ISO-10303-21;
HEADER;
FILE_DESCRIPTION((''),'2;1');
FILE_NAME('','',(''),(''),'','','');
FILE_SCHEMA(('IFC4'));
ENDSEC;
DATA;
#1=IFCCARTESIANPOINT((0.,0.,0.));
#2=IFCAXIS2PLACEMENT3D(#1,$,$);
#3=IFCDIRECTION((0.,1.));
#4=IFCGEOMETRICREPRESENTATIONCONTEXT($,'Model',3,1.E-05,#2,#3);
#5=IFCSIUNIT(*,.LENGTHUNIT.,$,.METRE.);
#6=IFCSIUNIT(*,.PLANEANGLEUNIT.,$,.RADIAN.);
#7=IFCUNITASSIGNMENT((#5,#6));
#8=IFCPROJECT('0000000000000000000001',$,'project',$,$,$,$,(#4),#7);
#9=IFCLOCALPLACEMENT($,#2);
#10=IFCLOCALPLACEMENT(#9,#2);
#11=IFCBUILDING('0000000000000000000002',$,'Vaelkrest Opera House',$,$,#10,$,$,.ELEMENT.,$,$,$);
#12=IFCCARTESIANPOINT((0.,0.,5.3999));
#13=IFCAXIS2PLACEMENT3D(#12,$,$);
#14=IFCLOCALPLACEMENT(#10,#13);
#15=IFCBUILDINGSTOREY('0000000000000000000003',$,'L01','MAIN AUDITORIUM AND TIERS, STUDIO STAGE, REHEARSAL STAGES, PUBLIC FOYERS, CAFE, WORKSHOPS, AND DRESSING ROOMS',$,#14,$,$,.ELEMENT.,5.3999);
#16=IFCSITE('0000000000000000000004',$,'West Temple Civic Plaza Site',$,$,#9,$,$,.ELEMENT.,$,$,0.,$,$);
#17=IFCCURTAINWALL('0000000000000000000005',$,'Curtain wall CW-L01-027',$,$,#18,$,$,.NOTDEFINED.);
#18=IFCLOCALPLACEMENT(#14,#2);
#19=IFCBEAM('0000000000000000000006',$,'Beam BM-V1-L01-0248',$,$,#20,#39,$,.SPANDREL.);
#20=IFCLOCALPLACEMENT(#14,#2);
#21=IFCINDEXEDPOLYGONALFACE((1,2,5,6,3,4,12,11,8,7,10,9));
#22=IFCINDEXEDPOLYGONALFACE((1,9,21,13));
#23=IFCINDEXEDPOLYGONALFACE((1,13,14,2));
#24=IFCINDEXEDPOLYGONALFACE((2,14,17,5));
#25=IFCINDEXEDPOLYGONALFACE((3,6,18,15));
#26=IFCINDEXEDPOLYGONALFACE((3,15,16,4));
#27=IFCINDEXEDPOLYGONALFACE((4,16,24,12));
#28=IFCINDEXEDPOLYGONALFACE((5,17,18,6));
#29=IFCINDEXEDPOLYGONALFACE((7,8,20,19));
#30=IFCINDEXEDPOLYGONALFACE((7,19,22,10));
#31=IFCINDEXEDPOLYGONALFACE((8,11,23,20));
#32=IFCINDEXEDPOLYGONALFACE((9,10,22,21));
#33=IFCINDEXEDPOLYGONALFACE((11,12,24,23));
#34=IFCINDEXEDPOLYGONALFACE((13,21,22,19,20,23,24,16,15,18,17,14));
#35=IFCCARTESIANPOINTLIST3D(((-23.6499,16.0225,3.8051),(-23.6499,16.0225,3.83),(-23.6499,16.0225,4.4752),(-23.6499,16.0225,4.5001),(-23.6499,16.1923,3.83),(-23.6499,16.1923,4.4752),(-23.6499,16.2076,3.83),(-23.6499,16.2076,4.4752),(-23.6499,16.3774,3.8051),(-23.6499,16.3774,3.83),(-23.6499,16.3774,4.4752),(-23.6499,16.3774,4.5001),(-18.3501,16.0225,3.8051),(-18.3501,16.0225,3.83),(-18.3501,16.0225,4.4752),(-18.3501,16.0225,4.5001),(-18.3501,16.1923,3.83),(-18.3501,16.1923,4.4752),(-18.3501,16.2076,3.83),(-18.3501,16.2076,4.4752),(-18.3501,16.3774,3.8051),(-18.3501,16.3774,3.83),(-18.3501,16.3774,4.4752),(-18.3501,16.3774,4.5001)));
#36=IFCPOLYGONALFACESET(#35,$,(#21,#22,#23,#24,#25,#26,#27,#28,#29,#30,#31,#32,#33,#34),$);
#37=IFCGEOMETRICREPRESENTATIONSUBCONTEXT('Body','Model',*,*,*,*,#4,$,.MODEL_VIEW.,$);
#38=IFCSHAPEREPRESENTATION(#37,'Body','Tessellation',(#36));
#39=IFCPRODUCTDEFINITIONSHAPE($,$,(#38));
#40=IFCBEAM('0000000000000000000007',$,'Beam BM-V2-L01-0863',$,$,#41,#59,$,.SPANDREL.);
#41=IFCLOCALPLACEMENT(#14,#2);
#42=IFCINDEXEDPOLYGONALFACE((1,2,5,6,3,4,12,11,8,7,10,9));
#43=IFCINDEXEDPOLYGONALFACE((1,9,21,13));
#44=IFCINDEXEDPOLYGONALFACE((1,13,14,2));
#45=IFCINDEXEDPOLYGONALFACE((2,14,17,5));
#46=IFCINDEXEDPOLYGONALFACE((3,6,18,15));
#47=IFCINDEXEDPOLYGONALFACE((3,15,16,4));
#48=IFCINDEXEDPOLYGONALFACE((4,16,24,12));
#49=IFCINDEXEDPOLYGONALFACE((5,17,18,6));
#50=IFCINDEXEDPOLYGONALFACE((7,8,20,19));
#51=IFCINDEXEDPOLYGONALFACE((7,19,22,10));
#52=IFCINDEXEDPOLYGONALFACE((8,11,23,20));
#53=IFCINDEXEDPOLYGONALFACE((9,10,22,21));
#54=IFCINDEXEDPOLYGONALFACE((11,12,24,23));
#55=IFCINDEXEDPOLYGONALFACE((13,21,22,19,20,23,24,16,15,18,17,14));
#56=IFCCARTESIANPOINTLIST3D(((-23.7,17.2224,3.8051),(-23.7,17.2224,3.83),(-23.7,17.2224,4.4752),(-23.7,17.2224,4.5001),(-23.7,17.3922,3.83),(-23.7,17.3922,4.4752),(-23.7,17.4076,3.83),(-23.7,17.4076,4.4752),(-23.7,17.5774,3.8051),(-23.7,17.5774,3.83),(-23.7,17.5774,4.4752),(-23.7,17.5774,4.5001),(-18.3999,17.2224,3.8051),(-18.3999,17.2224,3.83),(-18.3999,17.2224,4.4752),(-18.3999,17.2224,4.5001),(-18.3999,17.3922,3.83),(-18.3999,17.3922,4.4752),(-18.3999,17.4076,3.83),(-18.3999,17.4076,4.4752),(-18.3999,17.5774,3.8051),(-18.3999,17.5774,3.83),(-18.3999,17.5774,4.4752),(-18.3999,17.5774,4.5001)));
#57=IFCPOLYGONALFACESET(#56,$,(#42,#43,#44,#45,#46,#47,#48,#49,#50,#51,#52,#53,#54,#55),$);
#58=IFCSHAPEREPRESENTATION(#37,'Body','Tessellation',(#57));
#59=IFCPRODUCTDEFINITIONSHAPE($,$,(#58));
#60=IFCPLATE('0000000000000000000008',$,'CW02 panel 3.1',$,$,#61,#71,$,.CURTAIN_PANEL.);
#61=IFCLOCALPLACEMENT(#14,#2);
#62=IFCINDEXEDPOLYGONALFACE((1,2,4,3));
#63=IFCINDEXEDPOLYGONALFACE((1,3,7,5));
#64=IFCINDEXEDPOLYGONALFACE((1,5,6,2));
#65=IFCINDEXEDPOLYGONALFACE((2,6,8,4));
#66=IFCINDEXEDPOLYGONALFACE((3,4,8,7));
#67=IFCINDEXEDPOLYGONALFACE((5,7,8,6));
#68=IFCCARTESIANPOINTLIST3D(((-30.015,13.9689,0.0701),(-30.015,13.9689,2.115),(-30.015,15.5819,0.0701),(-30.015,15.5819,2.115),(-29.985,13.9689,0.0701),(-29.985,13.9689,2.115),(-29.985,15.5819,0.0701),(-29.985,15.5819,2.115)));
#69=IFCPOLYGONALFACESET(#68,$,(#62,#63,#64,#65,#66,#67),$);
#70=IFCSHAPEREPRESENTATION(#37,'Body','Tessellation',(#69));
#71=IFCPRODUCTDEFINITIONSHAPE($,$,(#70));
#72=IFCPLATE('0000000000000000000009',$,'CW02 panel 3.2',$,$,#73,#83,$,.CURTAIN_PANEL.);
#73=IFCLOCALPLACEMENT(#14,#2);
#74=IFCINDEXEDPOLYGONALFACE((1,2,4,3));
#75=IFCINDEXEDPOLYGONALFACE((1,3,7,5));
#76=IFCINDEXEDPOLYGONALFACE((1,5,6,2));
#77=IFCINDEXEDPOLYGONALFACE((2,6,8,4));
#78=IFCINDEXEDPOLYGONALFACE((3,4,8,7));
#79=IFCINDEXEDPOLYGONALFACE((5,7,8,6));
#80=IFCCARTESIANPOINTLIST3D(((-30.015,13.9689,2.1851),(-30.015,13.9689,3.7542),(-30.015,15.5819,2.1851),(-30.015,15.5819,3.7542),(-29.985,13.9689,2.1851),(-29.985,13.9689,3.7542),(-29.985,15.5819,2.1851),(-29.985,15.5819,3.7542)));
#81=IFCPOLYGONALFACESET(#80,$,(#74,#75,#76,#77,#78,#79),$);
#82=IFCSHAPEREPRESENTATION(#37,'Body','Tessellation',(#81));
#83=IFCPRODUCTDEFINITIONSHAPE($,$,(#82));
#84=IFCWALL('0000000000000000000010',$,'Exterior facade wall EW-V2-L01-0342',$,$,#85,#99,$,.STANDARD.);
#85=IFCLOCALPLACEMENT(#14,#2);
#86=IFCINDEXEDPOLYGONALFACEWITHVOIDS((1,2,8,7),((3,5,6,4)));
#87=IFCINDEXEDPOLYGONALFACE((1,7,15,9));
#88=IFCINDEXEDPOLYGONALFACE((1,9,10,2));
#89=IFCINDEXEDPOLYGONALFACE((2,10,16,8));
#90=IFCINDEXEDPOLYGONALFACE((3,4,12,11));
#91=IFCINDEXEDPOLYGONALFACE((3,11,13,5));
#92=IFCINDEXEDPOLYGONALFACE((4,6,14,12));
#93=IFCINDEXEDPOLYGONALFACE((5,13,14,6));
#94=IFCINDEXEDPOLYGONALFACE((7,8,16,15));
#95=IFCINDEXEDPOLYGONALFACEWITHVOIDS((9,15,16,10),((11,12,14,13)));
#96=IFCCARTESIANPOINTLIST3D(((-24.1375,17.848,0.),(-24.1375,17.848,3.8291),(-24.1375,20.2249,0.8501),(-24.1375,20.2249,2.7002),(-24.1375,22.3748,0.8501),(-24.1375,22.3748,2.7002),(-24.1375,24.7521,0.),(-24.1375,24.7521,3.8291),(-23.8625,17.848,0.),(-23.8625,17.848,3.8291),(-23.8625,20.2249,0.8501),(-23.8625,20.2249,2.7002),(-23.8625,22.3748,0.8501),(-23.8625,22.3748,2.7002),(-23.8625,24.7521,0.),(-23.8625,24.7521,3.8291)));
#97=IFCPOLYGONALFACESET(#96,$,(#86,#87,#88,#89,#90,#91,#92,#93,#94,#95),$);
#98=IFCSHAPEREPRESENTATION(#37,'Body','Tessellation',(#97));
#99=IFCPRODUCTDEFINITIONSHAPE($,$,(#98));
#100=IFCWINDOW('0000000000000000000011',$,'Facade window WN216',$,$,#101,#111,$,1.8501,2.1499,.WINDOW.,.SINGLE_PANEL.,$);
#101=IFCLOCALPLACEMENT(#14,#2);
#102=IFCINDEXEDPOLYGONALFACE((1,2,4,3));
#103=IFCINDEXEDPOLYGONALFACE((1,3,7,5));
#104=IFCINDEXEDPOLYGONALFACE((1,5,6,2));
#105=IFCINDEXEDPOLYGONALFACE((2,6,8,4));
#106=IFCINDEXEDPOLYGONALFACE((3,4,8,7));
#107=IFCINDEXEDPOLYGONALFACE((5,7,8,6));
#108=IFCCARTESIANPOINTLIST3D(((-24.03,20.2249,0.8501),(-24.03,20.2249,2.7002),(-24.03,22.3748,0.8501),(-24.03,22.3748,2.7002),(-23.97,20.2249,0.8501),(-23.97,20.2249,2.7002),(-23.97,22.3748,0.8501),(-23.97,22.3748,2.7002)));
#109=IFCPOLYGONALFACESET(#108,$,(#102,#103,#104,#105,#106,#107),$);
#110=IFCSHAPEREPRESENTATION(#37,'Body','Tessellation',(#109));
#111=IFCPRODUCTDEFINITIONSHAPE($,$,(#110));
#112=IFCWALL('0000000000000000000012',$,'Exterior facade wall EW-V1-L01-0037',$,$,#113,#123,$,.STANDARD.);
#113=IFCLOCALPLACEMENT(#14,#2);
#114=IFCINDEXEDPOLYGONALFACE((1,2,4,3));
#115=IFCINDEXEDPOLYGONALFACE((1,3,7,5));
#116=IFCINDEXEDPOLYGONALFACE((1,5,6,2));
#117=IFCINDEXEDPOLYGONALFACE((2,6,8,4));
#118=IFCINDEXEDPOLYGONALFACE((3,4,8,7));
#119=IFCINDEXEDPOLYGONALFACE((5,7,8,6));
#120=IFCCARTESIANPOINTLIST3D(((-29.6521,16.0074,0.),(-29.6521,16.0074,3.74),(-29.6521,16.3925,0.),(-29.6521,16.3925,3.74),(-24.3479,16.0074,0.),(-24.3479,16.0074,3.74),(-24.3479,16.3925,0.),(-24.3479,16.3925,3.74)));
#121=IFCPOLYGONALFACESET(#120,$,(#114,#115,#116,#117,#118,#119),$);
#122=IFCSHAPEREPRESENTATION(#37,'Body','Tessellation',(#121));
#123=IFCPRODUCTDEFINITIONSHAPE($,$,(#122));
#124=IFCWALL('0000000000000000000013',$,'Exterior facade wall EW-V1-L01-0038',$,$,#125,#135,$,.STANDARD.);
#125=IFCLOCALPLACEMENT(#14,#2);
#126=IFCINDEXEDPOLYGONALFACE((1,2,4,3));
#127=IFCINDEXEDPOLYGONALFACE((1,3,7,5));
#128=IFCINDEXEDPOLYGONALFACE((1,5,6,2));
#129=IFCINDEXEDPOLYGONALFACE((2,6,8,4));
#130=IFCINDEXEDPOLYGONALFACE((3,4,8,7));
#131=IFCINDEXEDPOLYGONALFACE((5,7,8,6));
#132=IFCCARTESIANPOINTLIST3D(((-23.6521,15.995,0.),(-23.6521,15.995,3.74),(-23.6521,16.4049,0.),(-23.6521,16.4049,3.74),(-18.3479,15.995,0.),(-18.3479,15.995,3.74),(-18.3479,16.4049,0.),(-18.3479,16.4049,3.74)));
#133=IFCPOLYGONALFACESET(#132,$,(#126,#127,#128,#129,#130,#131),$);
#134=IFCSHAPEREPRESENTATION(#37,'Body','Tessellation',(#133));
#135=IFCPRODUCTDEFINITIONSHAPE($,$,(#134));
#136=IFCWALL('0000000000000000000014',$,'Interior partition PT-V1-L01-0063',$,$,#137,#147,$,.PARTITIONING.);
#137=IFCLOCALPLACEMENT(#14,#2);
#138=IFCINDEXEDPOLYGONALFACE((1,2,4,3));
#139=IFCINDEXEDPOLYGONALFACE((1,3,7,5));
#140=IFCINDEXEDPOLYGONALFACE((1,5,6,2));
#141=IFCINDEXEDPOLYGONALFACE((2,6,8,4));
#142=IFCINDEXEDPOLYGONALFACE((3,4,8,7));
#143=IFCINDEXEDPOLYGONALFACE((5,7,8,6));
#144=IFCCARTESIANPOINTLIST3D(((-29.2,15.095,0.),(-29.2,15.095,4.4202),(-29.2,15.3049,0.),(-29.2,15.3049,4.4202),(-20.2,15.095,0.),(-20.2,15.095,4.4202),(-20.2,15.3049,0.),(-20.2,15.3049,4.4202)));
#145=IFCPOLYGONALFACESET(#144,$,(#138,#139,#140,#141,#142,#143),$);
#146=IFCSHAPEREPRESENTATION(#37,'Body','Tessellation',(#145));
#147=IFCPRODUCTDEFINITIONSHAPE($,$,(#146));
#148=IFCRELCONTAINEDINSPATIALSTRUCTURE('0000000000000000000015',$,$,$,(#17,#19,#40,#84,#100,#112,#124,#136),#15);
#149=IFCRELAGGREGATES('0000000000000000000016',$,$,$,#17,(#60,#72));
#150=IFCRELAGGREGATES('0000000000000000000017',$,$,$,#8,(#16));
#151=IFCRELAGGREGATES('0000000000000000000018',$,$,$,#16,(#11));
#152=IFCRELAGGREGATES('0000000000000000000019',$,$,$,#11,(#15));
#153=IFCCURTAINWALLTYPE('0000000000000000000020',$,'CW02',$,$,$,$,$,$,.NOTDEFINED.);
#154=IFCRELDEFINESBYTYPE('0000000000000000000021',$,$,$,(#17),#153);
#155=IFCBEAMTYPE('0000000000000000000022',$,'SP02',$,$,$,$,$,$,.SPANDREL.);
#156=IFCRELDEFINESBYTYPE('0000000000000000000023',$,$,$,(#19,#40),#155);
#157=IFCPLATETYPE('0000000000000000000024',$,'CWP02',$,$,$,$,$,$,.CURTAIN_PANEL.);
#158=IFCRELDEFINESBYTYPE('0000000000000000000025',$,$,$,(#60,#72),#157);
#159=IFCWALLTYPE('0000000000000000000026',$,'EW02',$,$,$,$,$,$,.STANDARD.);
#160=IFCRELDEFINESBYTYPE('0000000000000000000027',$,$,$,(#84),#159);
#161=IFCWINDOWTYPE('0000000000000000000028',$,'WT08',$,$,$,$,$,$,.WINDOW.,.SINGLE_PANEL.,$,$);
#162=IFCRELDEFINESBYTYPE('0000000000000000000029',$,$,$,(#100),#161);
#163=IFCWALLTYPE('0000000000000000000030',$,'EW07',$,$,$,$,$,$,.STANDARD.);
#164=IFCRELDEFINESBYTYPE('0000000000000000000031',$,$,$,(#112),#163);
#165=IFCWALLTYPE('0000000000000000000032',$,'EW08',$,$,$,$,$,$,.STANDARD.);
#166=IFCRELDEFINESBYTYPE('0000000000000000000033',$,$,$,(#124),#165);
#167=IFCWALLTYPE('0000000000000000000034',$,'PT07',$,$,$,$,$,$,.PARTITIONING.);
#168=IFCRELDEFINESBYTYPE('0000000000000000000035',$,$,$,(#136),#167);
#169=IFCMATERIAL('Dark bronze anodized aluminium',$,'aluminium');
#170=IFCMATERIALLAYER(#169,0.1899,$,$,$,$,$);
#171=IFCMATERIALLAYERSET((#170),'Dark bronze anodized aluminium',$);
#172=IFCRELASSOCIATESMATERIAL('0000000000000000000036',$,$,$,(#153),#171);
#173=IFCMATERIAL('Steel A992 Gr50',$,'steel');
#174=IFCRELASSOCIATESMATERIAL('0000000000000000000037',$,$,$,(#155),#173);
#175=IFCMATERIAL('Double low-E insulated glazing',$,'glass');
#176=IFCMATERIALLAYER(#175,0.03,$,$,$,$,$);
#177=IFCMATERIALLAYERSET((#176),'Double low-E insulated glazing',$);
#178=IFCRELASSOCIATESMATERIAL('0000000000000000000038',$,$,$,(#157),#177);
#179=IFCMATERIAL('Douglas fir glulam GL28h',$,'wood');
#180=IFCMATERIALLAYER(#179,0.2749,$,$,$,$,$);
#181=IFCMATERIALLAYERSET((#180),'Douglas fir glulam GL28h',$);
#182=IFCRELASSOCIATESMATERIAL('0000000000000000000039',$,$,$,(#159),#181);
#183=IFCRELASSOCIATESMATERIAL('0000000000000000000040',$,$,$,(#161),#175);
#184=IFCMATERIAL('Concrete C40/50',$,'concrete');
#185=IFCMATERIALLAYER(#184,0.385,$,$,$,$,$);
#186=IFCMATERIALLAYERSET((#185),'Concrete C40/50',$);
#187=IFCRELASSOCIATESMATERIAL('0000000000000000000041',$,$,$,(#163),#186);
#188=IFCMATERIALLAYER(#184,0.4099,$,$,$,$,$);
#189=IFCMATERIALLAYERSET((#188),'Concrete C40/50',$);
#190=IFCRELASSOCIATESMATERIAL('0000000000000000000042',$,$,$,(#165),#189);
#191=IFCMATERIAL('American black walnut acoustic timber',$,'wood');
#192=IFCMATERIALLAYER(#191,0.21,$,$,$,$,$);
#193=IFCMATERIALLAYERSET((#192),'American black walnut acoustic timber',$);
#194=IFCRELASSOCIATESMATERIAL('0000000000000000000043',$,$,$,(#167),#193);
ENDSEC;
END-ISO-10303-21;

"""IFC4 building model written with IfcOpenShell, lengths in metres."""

from ifc_helpers import new_model, si_unit, direction, frame, frame_2d, origin, origin_2d, place, context, subcontext, project, spatial, rectangle, i_section, extrude, material, layer, layer_set, material_profile, profile_set, type_object, element, fill, aggregate, save


model = new_model("IFC4")

# Units and contexts
model_context = context("Model", 3, precision=1e-05, world=origin(), true_north=direction((0.0, 1.0)))
body_context = subcontext(model_context, "Body", "Model", "MODEL_VIEW")
ifc_project = project(units=[si_unit("LENGTHUNIT", "METRE"), si_unit("PLANEANGLEUNIT", "RADIAN")], contexts=[model_context])

# Site, building, storey
site_placement = place(None, origin())
site = spatial("IfcSite", under=ifc_project, at=site_placement, Name="West Temple Civic Plaza Site", CompositionType="ELEMENT", RefElevation=0.0)
building_placement = place(site_placement, origin())
building = spatial("IfcBuilding", under=site, at=building_placement, Name="Vaelkrest Opera House", CompositionType="ELEMENT")
storey_placement = place(building_placement, frame((0.0, 0.0, 5.3999)))
storey = spatial("IfcBuildingStorey", under=building, at=storey_placement, Name="L01", Description="MAIN AUDITORIUM AND TIERS, STUDIO STAGE, REHEARSAL STAGES, PUBLIC FOYERS, CAFE, WORKSHOPS, AND DRESSING ROOMS", CompositionType="ELEMENT", Elevation=5.3999)

# Shared definitions
ifc_material_1 = material(Name="Steel A992 Gr50", Category="steel")

# Curtain wall
ifc_material_2 = material(Name="Dark bronze anodized aluminium", Category="aluminium")
ifc_layer_1 = layer(ifc_material_2, 0.1899)
ifc_layer_set_1 = layer_set([ifc_layer_1], Name="Dark bronze anodized aluminium")
curtain_wall_type = type_object("IfcCurtainWallType", Name="CW02", PredefinedType="NOTDEFINED", material=ifc_layer_set_1)
curtain_wall_placement = place(storey_placement, origin())
curtain_wall = element("IfcCurtainWall", 1, at=curtain_wall_placement, inside=storey, type_object=curtain_wall_type, Name="Curtain wall CW-L01-027", PredefinedType="NOTDEFINED")

# Beams
ifc_material_profile_1 = material_profile(ifc_material_1, i_section(OverallWidth=0.355, OverallDepth=0.6951, WebThickness=0.0154, FlangeThickness=0.0249, at=origin_2d()), Name="W27X146")
ifc_profile_set_1 = profile_set([ifc_material_profile_1], Name="Steel A992 Gr50")
beam_type_1 = type_object("IfcBeamType", Name="SP02", PredefinedType="SPANDREL", material=ifc_profile_set_1)
for number, where, z_axis, x_axis, name in (
    (2, (-23.6499, 16.2, 4.1526), (1.0, 0.0, 0.0), (0.0, 1.0, 0.0), "Beam BM-V1-L01-0248"),
):
    element("IfcBeam", number, at=place(storey_placement, frame(where, z_axis=z_axis, x_axis=x_axis)), inside=storey, type_object=beam_type_1, Name=name, PredefinedType="SPANDREL", context=body_context, shape_type="SweptSolid", body=[
        extrude(i_section(OverallWidth=0.355, OverallDepth=0.6951, WebThickness=0.0154, FlangeThickness=0.0249, at=origin_2d()), origin(), (0.0, 0.0, 1.0), 5.2998),
    ])
beam_1_placement = place(storey_placement, frame((-23.7, 17.3999, 4.1526), z_axis=(1.0, 0.0, 0.0), x_axis=(0.0, 1.0, 0.0)))
element("IfcBeam", 3, at=beam_1_placement, inside=storey, type_object=beam_type_1, Name="Beam BM-V2-L01-0863", PredefinedType="SPANDREL", context=body_context, shape_type="SweptSolid", body=[
    extrude(i_section(OverallWidth=0.355, OverallDepth=0.6951, WebThickness=0.0154, FlangeThickness=0.0249, at=origin_2d()), origin(), (0.0, 0.0, 1.0), 5.3),
])

# Plates
ifc_material_3 = material(Name="Double low-E insulated glazing", Category="glass")
ifc_layer_2 = layer(ifc_material_3, 0.03)
ifc_layer_set_2 = layer_set([ifc_layer_2], Name="Double low-E insulated glazing")
plate_type = type_object("IfcPlateType", Name="CWP02", PredefinedType="CURTAIN_PANEL", material=ifc_layer_set_2)
plate_1_placement = place(storey_placement, frame((-30.0, 14.7754, 0.0701), z_axis=(0.0, 0.0, 1.0), x_axis=(0.0, 1.0, 0.0)))
plate_1 = element("IfcPlate", 4, at=plate_1_placement, type_object=plate_type, Name="CW02 panel 3.1", PredefinedType="CURTAIN_PANEL", context=body_context, shape_type="SweptSolid", body=[
    extrude(rectangle(XDim=1.613, YDim=0.03, at=origin_2d()), origin(), (0.0, 0.0, 1.0), 2.0449),
])
plate_2_placement = place(storey_placement, frame((-30.0, 14.7754, 2.1851), z_axis=(0.0, 0.0, 1.0), x_axis=(0.0, 1.0, 0.0)))
plate_2 = element("IfcPlate", 5, at=plate_2_placement, type_object=plate_type, Name="CW02 panel 3.2", PredefinedType="CURTAIN_PANEL", context=body_context, shape_type="SweptSolid", body=[
    extrude(rectangle(XDim=1.613, YDim=0.03, at=origin_2d()), origin(), (0.0, 0.0, 1.0), 1.5691),
])
aggregate(curtain_wall, [plate_1, plate_2])

# Wall, opening, window
ifc_material_4 = material(Name="Douglas fir glulam GL28h", Category="wood")
ifc_layer_3 = layer(ifc_material_4, 0.2749)
ifc_layer_set_3 = layer_set([ifc_layer_3], Name="Douglas fir glulam GL28h")
wall_type_1 = type_object("IfcWallType", Name="EW02", PredefinedType="STANDARD", material=ifc_layer_set_3)
wall_1_placement = place(storey_placement, frame((-24.0, 17.8479, 0.0), z_axis=(0.0, 0.0, 1.0), x_axis=(0.0, 1.0, 0.0)))
wall_1 = element("IfcWall", 6, at=wall_1_placement, inside=storey, type_object=wall_type_1, Name="Exterior facade wall EW-V2-L01-0342", PredefinedType="STANDARD", context=body_context, shape_type="SweptSolid", body=[
    extrude(rectangle(XDim=6.9041, YDim=0.2749, at=frame_2d((3.4521, 0.0))), origin(), (0.0, 0.0, 1.0), 3.8291),
])
opening_placement = place(wall_1_placement, frame((2.377, 0.0, 0.8501)))
opening = element("IfcOpeningElement", 7, at=opening_placement, cuts=wall_1, PredefinedType="OPENING", context=body_context, shape_type="SweptSolid", body=[
    extrude(rectangle(XDim=2.1499, YDim=1.8501, at=frame_2d((1.075, 0.925))), frame((0.0, 0.1475, 0.0), z_axis=(0.0, -1.0, 0.0), x_axis=(1.0, 0.0, 0.0)), (0.0, 0.0, 1.0), 0.2949),
])
window_type = type_object("IfcWindowType", Name="WT08", PartitioningType="SINGLE_PANEL", PredefinedType="WINDOW", material=ifc_material_3)
window_placement = place(opening_placement, origin())
window = element("IfcWindow", 8, at=window_placement, inside=storey, type_object=window_type, Name="Facade window WN216", OverallHeight=1.8501, OverallWidth=2.1499, PartitioningType="SINGLE_PANEL", PredefinedType="WINDOW", context=body_context, shape_type="SweptSolid", body=[
    extrude(rectangle(XDim=2.1499, YDim=1.8501, at=frame_2d((1.075, 0.925))), frame((0.0, 0.03, 0.0), z_axis=(0.0, -1.0, 0.0), x_axis=(1.0, 0.0, 0.0)), (0.0, 0.0, 1.0), 0.0601),
])
fill(opening, window)

# Walls
ifc_material_5 = material(Name="Concrete C40/50", Category="concrete")
ifc_layer_4 = layer(ifc_material_5, 0.385)
ifc_layer_set_4 = layer_set([ifc_layer_4], Name="Concrete C40/50")
wall_type_2 = type_object("IfcWallType", Name="EW07", PredefinedType="STANDARD", material=ifc_layer_set_4)
wall_2_placement = place(storey_placement, frame((-29.6521, 16.2, 0.0), z_axis=(0.0, 0.0, 1.0), x_axis=(1.0, 0.0, 0.0)))
element("IfcWall", 9, at=wall_2_placement, inside=storey, type_object=wall_type_2, Name="Exterior facade wall EW-V1-L01-0037", PredefinedType="STANDARD", context=body_context, shape_type="SweptSolid", body=[
    extrude(rectangle(XDim=5.3042, YDim=0.385, at=frame_2d((2.6521, 0.0))), origin(), (0.0, 0.0, 1.0), 3.74),
])
ifc_layer_5 = layer(ifc_material_5, 0.4099)
ifc_layer_set_5 = layer_set([ifc_layer_5], Name="Concrete C40/50")
wall_type_3 = type_object("IfcWallType", Name="EW08", PredefinedType="STANDARD", material=ifc_layer_set_5)
wall_3_placement = place(storey_placement, frame((-23.6521, 16.2, 0.0), z_axis=(0.0, 0.0, 1.0), x_axis=(1.0, 0.0, 0.0)))
element("IfcWall", 10, at=wall_3_placement, inside=storey, type_object=wall_type_3, Name="Exterior facade wall EW-V1-L01-0038", PredefinedType="STANDARD", context=body_context, shape_type="SweptSolid", body=[
    extrude(rectangle(XDim=5.3042, YDim=0.4099, at=frame_2d((2.6521, 0.0))), origin(), (0.0, 0.0, 1.0), 3.74),
])
ifc_material_6 = material(Name="American black walnut acoustic timber", Category="wood")
ifc_layer_6 = layer(ifc_material_6, 0.21)
ifc_layer_set_6 = layer_set([ifc_layer_6], Name="American black walnut acoustic timber")
wall_type_4 = type_object("IfcWallType", Name="PT07", PredefinedType="PARTITIONING", material=ifc_layer_set_6)
wall_4_placement = place(storey_placement, frame((-29.2, 15.2, 0.0), z_axis=(0.0, 0.0, 1.0), x_axis=(1.0, 0.0, 0.0)))
element("IfcWall", 11, at=wall_4_placement, inside=storey, type_object=wall_type_4, Name="Interior partition PT-V1-L01-0063", PredefinedType="PARTITIONING", context=body_context, shape_type="SweptSolid", body=[
    extrude(rectangle(XDim=9.0, YDim=0.21, at=frame_2d((4.5, 0.0))), origin(), (0.0, 0.0, 1.0), 4.4202),
])

save(model, "model.ifc")
